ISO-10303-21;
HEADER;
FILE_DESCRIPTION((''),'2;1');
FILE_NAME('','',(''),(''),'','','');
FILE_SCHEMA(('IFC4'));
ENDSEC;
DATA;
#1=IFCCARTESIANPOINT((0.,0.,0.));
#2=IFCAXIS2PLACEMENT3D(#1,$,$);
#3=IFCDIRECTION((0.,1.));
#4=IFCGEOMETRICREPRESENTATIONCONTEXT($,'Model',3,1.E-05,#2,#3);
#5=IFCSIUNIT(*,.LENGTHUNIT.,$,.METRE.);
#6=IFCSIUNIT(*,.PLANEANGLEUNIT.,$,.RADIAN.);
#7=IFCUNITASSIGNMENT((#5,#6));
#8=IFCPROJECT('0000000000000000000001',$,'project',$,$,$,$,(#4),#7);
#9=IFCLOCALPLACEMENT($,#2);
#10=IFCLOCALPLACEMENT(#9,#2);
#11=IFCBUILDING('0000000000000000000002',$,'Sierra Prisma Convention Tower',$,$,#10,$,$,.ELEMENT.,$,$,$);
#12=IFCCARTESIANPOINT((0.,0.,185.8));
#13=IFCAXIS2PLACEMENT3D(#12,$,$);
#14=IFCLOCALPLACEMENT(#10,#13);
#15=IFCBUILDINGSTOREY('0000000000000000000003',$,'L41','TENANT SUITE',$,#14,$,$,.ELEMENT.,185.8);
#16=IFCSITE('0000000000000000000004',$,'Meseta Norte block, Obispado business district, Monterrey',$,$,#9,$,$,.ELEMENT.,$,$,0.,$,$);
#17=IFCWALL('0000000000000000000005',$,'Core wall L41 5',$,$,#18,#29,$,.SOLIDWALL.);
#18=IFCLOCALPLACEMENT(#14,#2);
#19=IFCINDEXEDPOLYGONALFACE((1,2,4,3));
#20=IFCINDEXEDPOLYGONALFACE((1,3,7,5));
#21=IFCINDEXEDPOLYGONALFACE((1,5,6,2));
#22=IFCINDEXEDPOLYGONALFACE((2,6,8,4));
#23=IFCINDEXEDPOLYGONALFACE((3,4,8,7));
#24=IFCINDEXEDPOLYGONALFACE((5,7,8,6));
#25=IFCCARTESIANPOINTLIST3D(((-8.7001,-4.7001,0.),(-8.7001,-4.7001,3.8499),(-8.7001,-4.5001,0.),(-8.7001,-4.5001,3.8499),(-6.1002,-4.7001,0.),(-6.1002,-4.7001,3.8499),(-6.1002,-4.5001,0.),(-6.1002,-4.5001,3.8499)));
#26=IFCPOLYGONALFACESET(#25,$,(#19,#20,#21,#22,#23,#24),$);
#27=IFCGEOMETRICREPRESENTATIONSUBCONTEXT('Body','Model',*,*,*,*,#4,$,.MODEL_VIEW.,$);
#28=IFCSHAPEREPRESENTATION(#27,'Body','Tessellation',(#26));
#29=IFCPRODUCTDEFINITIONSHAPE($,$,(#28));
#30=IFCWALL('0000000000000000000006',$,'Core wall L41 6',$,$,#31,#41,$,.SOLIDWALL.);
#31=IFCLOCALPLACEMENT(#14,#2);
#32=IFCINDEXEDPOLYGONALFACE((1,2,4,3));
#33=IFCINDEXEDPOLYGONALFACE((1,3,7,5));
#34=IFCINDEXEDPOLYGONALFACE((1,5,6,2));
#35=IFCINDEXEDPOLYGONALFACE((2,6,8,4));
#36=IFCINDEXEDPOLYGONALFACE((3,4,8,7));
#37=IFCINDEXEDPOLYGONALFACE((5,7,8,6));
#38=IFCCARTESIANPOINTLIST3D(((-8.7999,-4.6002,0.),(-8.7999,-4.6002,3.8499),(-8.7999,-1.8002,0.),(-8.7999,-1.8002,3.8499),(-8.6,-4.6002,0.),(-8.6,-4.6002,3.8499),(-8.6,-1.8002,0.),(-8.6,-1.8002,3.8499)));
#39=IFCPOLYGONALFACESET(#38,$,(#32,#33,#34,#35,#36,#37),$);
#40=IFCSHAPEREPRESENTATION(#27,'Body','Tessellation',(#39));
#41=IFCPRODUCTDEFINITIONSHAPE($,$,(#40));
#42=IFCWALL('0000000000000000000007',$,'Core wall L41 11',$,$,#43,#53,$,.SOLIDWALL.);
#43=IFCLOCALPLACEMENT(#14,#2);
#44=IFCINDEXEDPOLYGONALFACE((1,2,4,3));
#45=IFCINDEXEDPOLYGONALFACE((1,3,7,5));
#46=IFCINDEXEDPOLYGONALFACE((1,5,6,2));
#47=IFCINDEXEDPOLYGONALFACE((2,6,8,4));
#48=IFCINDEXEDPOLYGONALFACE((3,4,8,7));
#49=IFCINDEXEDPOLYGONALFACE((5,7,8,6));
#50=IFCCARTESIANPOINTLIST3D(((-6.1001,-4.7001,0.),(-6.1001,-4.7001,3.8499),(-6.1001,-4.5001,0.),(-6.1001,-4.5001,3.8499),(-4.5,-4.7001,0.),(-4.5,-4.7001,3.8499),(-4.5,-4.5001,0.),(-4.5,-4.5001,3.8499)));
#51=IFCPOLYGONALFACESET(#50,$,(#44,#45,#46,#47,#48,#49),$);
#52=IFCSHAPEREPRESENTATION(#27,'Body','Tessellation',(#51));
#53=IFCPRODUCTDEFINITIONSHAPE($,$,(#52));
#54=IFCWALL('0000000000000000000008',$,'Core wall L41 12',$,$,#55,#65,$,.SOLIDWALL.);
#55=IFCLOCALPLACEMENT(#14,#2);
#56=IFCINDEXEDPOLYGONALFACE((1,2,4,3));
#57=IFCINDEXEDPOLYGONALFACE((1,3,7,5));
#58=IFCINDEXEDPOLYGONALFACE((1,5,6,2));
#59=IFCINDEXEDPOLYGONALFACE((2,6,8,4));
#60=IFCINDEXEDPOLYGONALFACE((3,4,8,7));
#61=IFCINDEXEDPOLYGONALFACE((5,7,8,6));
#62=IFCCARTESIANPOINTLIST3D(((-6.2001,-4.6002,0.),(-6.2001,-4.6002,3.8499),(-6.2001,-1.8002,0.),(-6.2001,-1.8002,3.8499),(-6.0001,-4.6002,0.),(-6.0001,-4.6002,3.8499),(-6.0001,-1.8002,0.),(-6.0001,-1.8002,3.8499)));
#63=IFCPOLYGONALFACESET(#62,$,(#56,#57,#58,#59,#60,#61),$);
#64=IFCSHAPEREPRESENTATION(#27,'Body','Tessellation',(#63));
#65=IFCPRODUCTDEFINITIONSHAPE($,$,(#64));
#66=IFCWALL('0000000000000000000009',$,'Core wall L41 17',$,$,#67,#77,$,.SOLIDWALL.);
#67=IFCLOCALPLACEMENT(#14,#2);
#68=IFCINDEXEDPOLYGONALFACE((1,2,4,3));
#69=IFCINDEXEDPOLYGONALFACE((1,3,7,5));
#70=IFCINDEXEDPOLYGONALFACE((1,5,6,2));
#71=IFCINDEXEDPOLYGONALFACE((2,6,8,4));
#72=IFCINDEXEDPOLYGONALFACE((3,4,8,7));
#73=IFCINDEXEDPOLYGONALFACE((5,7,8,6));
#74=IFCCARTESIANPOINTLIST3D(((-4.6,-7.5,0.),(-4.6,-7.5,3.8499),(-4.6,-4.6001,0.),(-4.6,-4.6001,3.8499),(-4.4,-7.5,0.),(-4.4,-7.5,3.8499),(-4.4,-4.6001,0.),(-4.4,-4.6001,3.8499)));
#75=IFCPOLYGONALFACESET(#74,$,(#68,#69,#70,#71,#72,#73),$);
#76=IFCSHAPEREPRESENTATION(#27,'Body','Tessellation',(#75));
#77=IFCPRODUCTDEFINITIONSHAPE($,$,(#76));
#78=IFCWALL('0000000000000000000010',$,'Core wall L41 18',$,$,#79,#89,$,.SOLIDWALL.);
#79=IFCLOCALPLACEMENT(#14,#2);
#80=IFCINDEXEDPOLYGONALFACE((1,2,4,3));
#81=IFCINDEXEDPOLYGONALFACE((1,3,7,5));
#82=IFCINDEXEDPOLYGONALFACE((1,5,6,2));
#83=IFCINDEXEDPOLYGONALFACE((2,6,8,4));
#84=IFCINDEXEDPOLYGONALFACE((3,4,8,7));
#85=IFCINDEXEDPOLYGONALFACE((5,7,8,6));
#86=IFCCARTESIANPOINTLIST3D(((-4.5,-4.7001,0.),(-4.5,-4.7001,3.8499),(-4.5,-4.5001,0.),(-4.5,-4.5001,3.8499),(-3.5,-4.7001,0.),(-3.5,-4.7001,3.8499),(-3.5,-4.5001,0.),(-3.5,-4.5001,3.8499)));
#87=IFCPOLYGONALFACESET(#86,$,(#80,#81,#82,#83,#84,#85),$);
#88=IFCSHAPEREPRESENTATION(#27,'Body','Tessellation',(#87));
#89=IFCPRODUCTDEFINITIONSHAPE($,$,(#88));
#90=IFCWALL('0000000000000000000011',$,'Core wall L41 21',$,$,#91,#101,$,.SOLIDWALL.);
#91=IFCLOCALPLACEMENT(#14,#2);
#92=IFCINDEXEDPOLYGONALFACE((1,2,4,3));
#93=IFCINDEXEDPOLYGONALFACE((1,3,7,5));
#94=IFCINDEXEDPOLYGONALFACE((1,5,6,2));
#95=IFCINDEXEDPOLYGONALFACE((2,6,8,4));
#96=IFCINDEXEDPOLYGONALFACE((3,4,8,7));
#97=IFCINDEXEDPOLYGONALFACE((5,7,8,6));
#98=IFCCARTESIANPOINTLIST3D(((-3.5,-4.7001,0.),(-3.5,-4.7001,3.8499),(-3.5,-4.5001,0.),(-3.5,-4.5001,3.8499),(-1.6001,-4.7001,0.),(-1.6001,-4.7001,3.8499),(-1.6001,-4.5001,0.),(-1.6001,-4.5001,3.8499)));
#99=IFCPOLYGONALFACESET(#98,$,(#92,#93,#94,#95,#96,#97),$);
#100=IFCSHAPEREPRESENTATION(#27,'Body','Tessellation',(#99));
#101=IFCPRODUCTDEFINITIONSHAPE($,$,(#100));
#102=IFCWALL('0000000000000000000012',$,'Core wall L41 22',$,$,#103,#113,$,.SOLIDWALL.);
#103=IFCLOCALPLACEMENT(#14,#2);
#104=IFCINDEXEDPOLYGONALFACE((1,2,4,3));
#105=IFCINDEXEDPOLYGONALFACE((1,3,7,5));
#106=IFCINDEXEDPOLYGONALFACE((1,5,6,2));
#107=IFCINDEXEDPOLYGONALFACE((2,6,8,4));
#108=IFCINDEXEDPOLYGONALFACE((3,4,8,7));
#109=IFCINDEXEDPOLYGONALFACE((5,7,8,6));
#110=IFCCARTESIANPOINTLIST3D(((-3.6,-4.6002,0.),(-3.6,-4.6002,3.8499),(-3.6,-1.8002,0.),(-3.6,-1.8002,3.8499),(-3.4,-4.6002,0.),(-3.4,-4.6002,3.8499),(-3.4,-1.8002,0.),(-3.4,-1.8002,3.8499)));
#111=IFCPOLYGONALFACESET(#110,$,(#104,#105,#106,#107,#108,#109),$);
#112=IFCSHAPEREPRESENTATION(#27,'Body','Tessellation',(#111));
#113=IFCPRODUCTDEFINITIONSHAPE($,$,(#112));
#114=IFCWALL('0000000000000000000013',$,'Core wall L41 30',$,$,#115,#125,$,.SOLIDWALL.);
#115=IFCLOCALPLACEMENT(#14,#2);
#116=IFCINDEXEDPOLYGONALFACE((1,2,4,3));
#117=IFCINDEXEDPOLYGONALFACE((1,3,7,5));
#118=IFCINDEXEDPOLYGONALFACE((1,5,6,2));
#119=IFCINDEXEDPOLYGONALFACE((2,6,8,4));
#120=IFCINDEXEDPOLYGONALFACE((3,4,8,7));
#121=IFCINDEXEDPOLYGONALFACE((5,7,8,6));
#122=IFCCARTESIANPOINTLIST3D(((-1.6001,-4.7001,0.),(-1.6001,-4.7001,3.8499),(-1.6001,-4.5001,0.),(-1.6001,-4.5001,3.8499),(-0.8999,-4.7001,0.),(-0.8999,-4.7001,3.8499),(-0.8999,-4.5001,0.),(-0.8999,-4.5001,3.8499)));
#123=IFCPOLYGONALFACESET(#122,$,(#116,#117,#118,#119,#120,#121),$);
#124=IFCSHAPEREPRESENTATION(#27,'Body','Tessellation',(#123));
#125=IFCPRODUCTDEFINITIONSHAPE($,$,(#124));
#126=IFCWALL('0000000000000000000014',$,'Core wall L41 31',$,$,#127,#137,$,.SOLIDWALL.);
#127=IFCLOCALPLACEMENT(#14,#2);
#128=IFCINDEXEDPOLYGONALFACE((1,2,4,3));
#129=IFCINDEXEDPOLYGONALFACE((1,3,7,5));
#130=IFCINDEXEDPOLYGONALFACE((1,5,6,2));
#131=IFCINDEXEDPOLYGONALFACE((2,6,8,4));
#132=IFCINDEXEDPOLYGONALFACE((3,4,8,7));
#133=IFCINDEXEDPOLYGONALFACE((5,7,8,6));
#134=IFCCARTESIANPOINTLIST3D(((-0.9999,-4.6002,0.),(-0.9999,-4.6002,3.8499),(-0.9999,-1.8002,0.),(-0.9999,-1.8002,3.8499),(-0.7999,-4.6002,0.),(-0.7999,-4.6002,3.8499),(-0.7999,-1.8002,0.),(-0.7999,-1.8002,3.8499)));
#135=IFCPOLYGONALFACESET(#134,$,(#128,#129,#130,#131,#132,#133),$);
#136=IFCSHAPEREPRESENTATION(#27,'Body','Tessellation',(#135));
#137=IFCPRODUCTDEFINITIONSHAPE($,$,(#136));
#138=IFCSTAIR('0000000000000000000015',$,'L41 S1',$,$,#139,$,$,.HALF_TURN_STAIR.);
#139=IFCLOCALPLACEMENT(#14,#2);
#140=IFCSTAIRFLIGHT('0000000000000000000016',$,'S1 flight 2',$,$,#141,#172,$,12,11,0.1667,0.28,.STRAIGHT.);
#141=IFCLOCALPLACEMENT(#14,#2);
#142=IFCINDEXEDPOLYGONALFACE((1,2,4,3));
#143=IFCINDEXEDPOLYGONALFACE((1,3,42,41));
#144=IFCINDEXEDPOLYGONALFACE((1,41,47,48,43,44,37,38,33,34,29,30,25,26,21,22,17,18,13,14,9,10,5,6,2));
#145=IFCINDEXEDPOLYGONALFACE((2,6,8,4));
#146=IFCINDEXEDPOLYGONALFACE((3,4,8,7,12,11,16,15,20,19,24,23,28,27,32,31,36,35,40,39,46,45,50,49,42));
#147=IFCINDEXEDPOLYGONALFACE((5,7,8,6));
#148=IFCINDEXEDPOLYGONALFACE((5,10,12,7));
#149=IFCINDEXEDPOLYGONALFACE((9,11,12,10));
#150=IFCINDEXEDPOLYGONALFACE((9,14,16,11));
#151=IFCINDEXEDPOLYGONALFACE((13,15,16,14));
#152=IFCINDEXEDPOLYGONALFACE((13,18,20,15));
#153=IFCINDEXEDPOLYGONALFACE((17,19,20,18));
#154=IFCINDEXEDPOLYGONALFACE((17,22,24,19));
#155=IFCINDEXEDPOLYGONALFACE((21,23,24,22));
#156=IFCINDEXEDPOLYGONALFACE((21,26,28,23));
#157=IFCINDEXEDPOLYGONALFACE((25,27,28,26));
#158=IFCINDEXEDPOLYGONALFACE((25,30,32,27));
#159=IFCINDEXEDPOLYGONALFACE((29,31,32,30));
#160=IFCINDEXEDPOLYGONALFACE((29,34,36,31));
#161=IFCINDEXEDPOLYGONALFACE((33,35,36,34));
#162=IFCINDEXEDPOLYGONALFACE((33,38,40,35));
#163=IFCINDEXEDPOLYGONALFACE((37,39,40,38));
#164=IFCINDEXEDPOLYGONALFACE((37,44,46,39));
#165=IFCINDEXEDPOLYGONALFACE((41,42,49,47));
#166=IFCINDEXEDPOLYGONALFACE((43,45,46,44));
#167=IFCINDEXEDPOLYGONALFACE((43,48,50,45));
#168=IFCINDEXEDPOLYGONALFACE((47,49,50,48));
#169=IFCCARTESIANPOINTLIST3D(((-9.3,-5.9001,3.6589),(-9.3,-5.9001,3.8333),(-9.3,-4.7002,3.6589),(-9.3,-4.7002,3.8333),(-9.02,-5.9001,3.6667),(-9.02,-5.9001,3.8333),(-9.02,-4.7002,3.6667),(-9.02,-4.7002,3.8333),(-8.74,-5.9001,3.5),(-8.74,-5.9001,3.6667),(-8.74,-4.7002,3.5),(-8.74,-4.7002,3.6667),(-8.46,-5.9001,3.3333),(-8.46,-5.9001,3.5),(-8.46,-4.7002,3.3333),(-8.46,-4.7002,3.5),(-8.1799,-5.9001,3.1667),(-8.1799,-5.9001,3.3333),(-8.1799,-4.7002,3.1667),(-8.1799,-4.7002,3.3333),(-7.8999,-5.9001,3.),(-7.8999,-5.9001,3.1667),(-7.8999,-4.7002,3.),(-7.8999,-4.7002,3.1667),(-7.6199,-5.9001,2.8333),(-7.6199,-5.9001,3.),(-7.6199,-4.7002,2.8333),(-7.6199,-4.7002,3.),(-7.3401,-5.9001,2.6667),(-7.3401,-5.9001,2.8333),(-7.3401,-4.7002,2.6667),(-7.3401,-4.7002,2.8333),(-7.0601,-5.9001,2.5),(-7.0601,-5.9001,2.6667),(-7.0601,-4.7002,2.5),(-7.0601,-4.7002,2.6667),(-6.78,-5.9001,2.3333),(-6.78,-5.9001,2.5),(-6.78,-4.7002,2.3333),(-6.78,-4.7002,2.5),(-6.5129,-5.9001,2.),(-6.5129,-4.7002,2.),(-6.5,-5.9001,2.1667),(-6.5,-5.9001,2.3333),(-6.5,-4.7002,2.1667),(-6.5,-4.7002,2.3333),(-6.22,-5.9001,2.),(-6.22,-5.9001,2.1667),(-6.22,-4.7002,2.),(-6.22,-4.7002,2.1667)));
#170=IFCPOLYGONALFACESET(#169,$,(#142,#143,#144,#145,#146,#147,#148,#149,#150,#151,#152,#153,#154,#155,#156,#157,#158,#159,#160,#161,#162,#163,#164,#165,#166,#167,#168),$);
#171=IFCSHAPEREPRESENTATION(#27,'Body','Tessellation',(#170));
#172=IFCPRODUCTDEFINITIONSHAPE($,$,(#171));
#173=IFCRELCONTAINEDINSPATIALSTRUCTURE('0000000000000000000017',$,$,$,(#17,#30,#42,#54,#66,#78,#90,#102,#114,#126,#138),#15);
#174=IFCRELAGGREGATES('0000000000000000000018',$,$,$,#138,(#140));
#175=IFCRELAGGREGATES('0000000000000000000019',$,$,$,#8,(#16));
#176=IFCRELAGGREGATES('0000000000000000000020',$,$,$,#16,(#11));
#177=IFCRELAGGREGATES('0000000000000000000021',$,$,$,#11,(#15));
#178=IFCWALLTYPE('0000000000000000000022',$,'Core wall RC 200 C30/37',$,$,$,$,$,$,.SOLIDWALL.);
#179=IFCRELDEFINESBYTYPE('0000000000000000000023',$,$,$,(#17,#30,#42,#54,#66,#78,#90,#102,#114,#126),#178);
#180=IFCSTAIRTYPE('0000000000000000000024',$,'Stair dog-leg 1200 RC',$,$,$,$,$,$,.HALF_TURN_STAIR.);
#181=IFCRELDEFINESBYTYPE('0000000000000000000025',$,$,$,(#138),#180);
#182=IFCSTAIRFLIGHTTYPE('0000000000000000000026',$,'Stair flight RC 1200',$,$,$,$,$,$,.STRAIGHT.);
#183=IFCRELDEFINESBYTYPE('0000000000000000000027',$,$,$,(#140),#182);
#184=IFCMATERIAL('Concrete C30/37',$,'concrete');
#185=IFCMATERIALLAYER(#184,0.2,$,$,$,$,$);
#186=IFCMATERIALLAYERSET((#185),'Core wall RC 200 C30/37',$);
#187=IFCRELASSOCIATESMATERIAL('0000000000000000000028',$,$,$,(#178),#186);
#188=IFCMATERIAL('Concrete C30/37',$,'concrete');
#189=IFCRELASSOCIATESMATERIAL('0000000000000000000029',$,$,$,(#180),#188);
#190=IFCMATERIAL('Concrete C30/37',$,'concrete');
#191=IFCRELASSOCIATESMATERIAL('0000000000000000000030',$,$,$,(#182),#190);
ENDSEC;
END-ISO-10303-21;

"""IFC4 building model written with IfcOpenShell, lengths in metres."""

from ifc_helpers import new_model, si_unit, direction, frame, frame_2d, origin, place, context, subcontext, project, spatial, polyline, rectangle, outline, extrude, material, layer, layer_set, type_object, element, aggregate, save


model = new_model("IFC4")

# Units and contexts
model_context = context("Model", 3, precision=1e-05, world=origin(), true_north=direction((0.0, 1.0)))
body_context = subcontext(model_context, "Body", "Model", "MODEL_VIEW")
ifc_project = project(units=[si_unit("LENGTHUNIT", "METRE"), si_unit("PLANEANGLEUNIT", "RADIAN")], contexts=[model_context])

# Site, building, storey
site_placement = place(None, origin())
site = spatial("IfcSite", under=ifc_project, at=site_placement, Name="Meseta Norte block, Obispado business district, Monterrey", CompositionType="ELEMENT", RefElevation=0.0)
building_placement = place(site_placement, origin())
building = spatial("IfcBuilding", under=site, at=building_placement, Name="Sierra Prisma Convention Tower", CompositionType="ELEMENT")
storey_placement = place(building_placement, frame((0.0, 0.0, 185.8)))
storey = spatial("IfcBuildingStorey", under=building, at=storey_placement, Name="L41", Description="TENANT SUITE", CompositionType="ELEMENT", Elevation=185.8)

# Shared definitions
ifc_material_1 = material(Name="Concrete C30/37", Category="concrete")
ifc_layer = layer(ifc_material_1, 0.2)
ifc_layer_set = layer_set([ifc_layer], Name="Core wall RC 200 C30/37")
wall_type = type_object("IfcWallType", Name="Core wall RC 200 C30/37", PredefinedType="SOLIDWALL", material=ifc_layer_set)

# Walls
wall_1_placement = place(storey_placement, frame((-8.7, -4.6001, 0.0), z_axis=(0.0, 0.0, 1.0), x_axis=(1.0, 0.0, 0.0)))
element("IfcWall", 1, at=wall_1_placement, inside=storey, type_object=wall_type, Name="Core wall L41 5", PredefinedType="SOLIDWALL", context=body_context, shape_type="SweptSolid", body=[
    extrude(rectangle(XDim=2.5999, YDim=0.2, at=frame_2d((1.2998, 0.0))), origin(), (0.0, 0.0, 1.0), 3.8499),
])
wall_2_placement = place(storey_placement, frame((-8.7, -4.6001, 0.0), z_axis=(0.0, 0.0, 1.0), x_axis=(0.0, 1.0, 0.0)))
element("IfcWall", 2, at=wall_2_placement, inside=storey, type_object=wall_type, Name="Core wall L41 6", PredefinedType="SOLIDWALL", context=body_context, shape_type="SweptSolid", body=[
    extrude(rectangle(XDim=2.8, YDim=0.2, at=frame_2d((1.3999, 0.0))), origin(), (0.0, 0.0, 1.0), 3.8499),
])

# Walls
wall_3_placement = place(storey_placement, frame((-6.1001, -4.6001, 0.0), z_axis=(0.0, 0.0, 1.0), x_axis=(1.0, 0.0, 0.0)))
element("IfcWall", 3, at=wall_3_placement, inside=storey, type_object=wall_type, Name="Core wall L41 11", PredefinedType="SOLIDWALL", context=body_context, shape_type="SweptSolid", body=[
    extrude(rectangle(XDim=1.6001, YDim=0.2, at=frame_2d((0.8, 0.0))), origin(), (0.0, 0.0, 1.0), 3.8499),
])
wall_4_placement = place(storey_placement, frame((-6.1001, -4.6001, 0.0), z_axis=(0.0, 0.0, 1.0), x_axis=(0.0, 1.0, 0.0)))
element("IfcWall", 4, at=wall_4_placement, inside=storey, type_object=wall_type, Name="Core wall L41 12", PredefinedType="SOLIDWALL", context=body_context, shape_type="SweptSolid", body=[
    extrude(rectangle(XDim=2.8, YDim=0.2, at=frame_2d((1.3999, 0.0))), origin(), (0.0, 0.0, 1.0), 3.8499),
])

# Walls
wall_5_placement = place(storey_placement, frame((-4.5, -4.6001, 0.0), z_axis=(0.0, 0.0, 1.0), x_axis=(0.0, -1.0, 0.0)))
element("IfcWall", 5, at=wall_5_placement, inside=storey, type_object=wall_type, Name="Core wall L41 17", PredefinedType="SOLIDWALL", context=body_context, shape_type="SweptSolid", body=[
    extrude(rectangle(XDim=2.8999, YDim=0.2, at=frame_2d((1.45, 0.0))), origin(), (0.0, 0.0, 1.0), 3.8499),
])
wall_6_placement = place(storey_placement, frame((-4.5, -4.6001, 0.0), z_axis=(0.0, 0.0, 1.0), x_axis=(1.0, 0.0, 0.0)))
element("IfcWall", 6, at=wall_6_placement, inside=storey, type_object=wall_type, Name="Core wall L41 18", PredefinedType="SOLIDWALL", context=body_context, shape_type="SweptSolid", body=[
    extrude(rectangle(XDim=1.0, YDim=0.2, at=frame_2d((0.5, 0.0))), origin(), (0.0, 0.0, 1.0), 3.8499),
])
wall_7_placement = place(storey_placement, frame((-3.5, -4.6001, 0.0), z_axis=(0.0, 0.0, 1.0), x_axis=(1.0, 0.0, 0.0)))
element("IfcWall", 7, at=wall_7_placement, inside=storey, type_object=wall_type, Name="Core wall L41 21", PredefinedType="SOLIDWALL", context=body_context, shape_type="SweptSolid", body=[
    extrude(rectangle(XDim=1.8999, YDim=0.2, at=frame_2d((0.95, 0.0))), origin(), (0.0, 0.0, 1.0), 3.8499),
])
wall_8_placement = place(storey_placement, frame((-3.5, -4.6001, 0.0), z_axis=(0.0, 0.0, 1.0), x_axis=(0.0, 1.0, 0.0)))
element("IfcWall", 8, at=wall_8_placement, inside=storey, type_object=wall_type, Name="Core wall L41 22", PredefinedType="SOLIDWALL", context=body_context, shape_type="SweptSolid", body=[
    extrude(rectangle(XDim=2.8, YDim=0.2, at=frame_2d((1.3999, 0.0))), origin(), (0.0, 0.0, 1.0), 3.8499),
])

# Walls
wall_9_placement = place(storey_placement, frame((-1.6001, -4.6001, 0.0), z_axis=(0.0, 0.0, 1.0), x_axis=(1.0, 0.0, 0.0)))
element("IfcWall", 9, at=wall_9_placement, inside=storey, type_object=wall_type, Name="Core wall L41 30", PredefinedType="SOLIDWALL", context=body_context, shape_type="SweptSolid", body=[
    extrude(rectangle(XDim=0.7002, YDim=0.2, at=frame_2d((0.3501, 0.0))), origin(), (0.0, 0.0, 1.0), 3.8499),
])
wall_10_placement = place(storey_placement, frame((-0.8999, -4.6001, 0.0), z_axis=(0.0, 0.0, 1.0), x_axis=(0.0, 1.0, 0.0)))
element("IfcWall", 10, at=wall_10_placement, inside=storey, type_object=wall_type, Name="Core wall L41 31", PredefinedType="SOLIDWALL", context=body_context, shape_type="SweptSolid", body=[
    extrude(rectangle(XDim=2.8, YDim=0.2, at=frame_2d((1.3999, 0.0))), origin(), (0.0, 0.0, 1.0), 3.8499),
])

# Stair, stair flight
ifc_material_2 = material(Name="Concrete C30/37", Category="concrete")
stair_type = type_object("IfcStairType", Name="Stair dog-leg 1200 RC", PredefinedType="HALF_TURN_STAIR", material=ifc_material_2)
stair_placement = place(storey_placement, origin())
stair = element("IfcStair", 11, at=stair_placement, inside=storey, type_object=stair_type, Name="L41 S1", PredefinedType="HALF_TURN_STAIR")
ifc_material_3 = material(Name="Concrete C30/37", Category="concrete")
stair_flight_type = type_object("IfcStairFlightType", Name="Stair flight RC 1200", PredefinedType="STRAIGHT", material=ifc_material_3)
stair_flight_placement = place(storey_placement, frame((-6.22, -5.3, 2.0), z_axis=(0.0, 0.0, 1.0), x_axis=(-1.0, 0.0, 0.0)))
stair_flight = element("IfcStairFlight", 12, at=stair_flight_placement, type_object=stair_flight_type, Name="S1 flight 2", NumberOfRisers=12, NumberOfTreads=11, PredefinedType="STRAIGHT", RiserHeight=0.1667, TreadLength=0.28, context=body_context, shape_type="SweptSolid", body=[
    extrude(outline(polyline([(0.0, 0.0), (0.0, 0.1667), (0.28, 0.1667), (0.28, 0.3333), (0.5601, 0.3333), (0.5601, 0.5), (0.8401, 0.5), (0.8401, 0.6667), (1.1201, 0.6667), (1.1201, 0.8333), (1.3999, 0.8333), (1.3999, 1.0), (1.6799, 1.0), (1.6799, 1.1667), (1.96, 1.1667), (1.96, 1.3333), (2.24, 1.3333), (2.24, 1.5), (2.52, 1.5), (2.52, 1.6667), (2.8, 1.6667), (2.8, 1.8333), (3.0801, 1.8333), (3.0801, 2.0), (3.0801, 1.6589), (0.293, 0.0), (0.0, 0.0)])), frame((0.0, 0.6001, 0.0), z_axis=(0.0, -1.0, 0.0), x_axis=(1.0, 0.0, 0.0)), (0.0, 0.0, 1.0), 1.2),
])
aggregate(stair, [stair_flight])

save(model, "model.ifc")
